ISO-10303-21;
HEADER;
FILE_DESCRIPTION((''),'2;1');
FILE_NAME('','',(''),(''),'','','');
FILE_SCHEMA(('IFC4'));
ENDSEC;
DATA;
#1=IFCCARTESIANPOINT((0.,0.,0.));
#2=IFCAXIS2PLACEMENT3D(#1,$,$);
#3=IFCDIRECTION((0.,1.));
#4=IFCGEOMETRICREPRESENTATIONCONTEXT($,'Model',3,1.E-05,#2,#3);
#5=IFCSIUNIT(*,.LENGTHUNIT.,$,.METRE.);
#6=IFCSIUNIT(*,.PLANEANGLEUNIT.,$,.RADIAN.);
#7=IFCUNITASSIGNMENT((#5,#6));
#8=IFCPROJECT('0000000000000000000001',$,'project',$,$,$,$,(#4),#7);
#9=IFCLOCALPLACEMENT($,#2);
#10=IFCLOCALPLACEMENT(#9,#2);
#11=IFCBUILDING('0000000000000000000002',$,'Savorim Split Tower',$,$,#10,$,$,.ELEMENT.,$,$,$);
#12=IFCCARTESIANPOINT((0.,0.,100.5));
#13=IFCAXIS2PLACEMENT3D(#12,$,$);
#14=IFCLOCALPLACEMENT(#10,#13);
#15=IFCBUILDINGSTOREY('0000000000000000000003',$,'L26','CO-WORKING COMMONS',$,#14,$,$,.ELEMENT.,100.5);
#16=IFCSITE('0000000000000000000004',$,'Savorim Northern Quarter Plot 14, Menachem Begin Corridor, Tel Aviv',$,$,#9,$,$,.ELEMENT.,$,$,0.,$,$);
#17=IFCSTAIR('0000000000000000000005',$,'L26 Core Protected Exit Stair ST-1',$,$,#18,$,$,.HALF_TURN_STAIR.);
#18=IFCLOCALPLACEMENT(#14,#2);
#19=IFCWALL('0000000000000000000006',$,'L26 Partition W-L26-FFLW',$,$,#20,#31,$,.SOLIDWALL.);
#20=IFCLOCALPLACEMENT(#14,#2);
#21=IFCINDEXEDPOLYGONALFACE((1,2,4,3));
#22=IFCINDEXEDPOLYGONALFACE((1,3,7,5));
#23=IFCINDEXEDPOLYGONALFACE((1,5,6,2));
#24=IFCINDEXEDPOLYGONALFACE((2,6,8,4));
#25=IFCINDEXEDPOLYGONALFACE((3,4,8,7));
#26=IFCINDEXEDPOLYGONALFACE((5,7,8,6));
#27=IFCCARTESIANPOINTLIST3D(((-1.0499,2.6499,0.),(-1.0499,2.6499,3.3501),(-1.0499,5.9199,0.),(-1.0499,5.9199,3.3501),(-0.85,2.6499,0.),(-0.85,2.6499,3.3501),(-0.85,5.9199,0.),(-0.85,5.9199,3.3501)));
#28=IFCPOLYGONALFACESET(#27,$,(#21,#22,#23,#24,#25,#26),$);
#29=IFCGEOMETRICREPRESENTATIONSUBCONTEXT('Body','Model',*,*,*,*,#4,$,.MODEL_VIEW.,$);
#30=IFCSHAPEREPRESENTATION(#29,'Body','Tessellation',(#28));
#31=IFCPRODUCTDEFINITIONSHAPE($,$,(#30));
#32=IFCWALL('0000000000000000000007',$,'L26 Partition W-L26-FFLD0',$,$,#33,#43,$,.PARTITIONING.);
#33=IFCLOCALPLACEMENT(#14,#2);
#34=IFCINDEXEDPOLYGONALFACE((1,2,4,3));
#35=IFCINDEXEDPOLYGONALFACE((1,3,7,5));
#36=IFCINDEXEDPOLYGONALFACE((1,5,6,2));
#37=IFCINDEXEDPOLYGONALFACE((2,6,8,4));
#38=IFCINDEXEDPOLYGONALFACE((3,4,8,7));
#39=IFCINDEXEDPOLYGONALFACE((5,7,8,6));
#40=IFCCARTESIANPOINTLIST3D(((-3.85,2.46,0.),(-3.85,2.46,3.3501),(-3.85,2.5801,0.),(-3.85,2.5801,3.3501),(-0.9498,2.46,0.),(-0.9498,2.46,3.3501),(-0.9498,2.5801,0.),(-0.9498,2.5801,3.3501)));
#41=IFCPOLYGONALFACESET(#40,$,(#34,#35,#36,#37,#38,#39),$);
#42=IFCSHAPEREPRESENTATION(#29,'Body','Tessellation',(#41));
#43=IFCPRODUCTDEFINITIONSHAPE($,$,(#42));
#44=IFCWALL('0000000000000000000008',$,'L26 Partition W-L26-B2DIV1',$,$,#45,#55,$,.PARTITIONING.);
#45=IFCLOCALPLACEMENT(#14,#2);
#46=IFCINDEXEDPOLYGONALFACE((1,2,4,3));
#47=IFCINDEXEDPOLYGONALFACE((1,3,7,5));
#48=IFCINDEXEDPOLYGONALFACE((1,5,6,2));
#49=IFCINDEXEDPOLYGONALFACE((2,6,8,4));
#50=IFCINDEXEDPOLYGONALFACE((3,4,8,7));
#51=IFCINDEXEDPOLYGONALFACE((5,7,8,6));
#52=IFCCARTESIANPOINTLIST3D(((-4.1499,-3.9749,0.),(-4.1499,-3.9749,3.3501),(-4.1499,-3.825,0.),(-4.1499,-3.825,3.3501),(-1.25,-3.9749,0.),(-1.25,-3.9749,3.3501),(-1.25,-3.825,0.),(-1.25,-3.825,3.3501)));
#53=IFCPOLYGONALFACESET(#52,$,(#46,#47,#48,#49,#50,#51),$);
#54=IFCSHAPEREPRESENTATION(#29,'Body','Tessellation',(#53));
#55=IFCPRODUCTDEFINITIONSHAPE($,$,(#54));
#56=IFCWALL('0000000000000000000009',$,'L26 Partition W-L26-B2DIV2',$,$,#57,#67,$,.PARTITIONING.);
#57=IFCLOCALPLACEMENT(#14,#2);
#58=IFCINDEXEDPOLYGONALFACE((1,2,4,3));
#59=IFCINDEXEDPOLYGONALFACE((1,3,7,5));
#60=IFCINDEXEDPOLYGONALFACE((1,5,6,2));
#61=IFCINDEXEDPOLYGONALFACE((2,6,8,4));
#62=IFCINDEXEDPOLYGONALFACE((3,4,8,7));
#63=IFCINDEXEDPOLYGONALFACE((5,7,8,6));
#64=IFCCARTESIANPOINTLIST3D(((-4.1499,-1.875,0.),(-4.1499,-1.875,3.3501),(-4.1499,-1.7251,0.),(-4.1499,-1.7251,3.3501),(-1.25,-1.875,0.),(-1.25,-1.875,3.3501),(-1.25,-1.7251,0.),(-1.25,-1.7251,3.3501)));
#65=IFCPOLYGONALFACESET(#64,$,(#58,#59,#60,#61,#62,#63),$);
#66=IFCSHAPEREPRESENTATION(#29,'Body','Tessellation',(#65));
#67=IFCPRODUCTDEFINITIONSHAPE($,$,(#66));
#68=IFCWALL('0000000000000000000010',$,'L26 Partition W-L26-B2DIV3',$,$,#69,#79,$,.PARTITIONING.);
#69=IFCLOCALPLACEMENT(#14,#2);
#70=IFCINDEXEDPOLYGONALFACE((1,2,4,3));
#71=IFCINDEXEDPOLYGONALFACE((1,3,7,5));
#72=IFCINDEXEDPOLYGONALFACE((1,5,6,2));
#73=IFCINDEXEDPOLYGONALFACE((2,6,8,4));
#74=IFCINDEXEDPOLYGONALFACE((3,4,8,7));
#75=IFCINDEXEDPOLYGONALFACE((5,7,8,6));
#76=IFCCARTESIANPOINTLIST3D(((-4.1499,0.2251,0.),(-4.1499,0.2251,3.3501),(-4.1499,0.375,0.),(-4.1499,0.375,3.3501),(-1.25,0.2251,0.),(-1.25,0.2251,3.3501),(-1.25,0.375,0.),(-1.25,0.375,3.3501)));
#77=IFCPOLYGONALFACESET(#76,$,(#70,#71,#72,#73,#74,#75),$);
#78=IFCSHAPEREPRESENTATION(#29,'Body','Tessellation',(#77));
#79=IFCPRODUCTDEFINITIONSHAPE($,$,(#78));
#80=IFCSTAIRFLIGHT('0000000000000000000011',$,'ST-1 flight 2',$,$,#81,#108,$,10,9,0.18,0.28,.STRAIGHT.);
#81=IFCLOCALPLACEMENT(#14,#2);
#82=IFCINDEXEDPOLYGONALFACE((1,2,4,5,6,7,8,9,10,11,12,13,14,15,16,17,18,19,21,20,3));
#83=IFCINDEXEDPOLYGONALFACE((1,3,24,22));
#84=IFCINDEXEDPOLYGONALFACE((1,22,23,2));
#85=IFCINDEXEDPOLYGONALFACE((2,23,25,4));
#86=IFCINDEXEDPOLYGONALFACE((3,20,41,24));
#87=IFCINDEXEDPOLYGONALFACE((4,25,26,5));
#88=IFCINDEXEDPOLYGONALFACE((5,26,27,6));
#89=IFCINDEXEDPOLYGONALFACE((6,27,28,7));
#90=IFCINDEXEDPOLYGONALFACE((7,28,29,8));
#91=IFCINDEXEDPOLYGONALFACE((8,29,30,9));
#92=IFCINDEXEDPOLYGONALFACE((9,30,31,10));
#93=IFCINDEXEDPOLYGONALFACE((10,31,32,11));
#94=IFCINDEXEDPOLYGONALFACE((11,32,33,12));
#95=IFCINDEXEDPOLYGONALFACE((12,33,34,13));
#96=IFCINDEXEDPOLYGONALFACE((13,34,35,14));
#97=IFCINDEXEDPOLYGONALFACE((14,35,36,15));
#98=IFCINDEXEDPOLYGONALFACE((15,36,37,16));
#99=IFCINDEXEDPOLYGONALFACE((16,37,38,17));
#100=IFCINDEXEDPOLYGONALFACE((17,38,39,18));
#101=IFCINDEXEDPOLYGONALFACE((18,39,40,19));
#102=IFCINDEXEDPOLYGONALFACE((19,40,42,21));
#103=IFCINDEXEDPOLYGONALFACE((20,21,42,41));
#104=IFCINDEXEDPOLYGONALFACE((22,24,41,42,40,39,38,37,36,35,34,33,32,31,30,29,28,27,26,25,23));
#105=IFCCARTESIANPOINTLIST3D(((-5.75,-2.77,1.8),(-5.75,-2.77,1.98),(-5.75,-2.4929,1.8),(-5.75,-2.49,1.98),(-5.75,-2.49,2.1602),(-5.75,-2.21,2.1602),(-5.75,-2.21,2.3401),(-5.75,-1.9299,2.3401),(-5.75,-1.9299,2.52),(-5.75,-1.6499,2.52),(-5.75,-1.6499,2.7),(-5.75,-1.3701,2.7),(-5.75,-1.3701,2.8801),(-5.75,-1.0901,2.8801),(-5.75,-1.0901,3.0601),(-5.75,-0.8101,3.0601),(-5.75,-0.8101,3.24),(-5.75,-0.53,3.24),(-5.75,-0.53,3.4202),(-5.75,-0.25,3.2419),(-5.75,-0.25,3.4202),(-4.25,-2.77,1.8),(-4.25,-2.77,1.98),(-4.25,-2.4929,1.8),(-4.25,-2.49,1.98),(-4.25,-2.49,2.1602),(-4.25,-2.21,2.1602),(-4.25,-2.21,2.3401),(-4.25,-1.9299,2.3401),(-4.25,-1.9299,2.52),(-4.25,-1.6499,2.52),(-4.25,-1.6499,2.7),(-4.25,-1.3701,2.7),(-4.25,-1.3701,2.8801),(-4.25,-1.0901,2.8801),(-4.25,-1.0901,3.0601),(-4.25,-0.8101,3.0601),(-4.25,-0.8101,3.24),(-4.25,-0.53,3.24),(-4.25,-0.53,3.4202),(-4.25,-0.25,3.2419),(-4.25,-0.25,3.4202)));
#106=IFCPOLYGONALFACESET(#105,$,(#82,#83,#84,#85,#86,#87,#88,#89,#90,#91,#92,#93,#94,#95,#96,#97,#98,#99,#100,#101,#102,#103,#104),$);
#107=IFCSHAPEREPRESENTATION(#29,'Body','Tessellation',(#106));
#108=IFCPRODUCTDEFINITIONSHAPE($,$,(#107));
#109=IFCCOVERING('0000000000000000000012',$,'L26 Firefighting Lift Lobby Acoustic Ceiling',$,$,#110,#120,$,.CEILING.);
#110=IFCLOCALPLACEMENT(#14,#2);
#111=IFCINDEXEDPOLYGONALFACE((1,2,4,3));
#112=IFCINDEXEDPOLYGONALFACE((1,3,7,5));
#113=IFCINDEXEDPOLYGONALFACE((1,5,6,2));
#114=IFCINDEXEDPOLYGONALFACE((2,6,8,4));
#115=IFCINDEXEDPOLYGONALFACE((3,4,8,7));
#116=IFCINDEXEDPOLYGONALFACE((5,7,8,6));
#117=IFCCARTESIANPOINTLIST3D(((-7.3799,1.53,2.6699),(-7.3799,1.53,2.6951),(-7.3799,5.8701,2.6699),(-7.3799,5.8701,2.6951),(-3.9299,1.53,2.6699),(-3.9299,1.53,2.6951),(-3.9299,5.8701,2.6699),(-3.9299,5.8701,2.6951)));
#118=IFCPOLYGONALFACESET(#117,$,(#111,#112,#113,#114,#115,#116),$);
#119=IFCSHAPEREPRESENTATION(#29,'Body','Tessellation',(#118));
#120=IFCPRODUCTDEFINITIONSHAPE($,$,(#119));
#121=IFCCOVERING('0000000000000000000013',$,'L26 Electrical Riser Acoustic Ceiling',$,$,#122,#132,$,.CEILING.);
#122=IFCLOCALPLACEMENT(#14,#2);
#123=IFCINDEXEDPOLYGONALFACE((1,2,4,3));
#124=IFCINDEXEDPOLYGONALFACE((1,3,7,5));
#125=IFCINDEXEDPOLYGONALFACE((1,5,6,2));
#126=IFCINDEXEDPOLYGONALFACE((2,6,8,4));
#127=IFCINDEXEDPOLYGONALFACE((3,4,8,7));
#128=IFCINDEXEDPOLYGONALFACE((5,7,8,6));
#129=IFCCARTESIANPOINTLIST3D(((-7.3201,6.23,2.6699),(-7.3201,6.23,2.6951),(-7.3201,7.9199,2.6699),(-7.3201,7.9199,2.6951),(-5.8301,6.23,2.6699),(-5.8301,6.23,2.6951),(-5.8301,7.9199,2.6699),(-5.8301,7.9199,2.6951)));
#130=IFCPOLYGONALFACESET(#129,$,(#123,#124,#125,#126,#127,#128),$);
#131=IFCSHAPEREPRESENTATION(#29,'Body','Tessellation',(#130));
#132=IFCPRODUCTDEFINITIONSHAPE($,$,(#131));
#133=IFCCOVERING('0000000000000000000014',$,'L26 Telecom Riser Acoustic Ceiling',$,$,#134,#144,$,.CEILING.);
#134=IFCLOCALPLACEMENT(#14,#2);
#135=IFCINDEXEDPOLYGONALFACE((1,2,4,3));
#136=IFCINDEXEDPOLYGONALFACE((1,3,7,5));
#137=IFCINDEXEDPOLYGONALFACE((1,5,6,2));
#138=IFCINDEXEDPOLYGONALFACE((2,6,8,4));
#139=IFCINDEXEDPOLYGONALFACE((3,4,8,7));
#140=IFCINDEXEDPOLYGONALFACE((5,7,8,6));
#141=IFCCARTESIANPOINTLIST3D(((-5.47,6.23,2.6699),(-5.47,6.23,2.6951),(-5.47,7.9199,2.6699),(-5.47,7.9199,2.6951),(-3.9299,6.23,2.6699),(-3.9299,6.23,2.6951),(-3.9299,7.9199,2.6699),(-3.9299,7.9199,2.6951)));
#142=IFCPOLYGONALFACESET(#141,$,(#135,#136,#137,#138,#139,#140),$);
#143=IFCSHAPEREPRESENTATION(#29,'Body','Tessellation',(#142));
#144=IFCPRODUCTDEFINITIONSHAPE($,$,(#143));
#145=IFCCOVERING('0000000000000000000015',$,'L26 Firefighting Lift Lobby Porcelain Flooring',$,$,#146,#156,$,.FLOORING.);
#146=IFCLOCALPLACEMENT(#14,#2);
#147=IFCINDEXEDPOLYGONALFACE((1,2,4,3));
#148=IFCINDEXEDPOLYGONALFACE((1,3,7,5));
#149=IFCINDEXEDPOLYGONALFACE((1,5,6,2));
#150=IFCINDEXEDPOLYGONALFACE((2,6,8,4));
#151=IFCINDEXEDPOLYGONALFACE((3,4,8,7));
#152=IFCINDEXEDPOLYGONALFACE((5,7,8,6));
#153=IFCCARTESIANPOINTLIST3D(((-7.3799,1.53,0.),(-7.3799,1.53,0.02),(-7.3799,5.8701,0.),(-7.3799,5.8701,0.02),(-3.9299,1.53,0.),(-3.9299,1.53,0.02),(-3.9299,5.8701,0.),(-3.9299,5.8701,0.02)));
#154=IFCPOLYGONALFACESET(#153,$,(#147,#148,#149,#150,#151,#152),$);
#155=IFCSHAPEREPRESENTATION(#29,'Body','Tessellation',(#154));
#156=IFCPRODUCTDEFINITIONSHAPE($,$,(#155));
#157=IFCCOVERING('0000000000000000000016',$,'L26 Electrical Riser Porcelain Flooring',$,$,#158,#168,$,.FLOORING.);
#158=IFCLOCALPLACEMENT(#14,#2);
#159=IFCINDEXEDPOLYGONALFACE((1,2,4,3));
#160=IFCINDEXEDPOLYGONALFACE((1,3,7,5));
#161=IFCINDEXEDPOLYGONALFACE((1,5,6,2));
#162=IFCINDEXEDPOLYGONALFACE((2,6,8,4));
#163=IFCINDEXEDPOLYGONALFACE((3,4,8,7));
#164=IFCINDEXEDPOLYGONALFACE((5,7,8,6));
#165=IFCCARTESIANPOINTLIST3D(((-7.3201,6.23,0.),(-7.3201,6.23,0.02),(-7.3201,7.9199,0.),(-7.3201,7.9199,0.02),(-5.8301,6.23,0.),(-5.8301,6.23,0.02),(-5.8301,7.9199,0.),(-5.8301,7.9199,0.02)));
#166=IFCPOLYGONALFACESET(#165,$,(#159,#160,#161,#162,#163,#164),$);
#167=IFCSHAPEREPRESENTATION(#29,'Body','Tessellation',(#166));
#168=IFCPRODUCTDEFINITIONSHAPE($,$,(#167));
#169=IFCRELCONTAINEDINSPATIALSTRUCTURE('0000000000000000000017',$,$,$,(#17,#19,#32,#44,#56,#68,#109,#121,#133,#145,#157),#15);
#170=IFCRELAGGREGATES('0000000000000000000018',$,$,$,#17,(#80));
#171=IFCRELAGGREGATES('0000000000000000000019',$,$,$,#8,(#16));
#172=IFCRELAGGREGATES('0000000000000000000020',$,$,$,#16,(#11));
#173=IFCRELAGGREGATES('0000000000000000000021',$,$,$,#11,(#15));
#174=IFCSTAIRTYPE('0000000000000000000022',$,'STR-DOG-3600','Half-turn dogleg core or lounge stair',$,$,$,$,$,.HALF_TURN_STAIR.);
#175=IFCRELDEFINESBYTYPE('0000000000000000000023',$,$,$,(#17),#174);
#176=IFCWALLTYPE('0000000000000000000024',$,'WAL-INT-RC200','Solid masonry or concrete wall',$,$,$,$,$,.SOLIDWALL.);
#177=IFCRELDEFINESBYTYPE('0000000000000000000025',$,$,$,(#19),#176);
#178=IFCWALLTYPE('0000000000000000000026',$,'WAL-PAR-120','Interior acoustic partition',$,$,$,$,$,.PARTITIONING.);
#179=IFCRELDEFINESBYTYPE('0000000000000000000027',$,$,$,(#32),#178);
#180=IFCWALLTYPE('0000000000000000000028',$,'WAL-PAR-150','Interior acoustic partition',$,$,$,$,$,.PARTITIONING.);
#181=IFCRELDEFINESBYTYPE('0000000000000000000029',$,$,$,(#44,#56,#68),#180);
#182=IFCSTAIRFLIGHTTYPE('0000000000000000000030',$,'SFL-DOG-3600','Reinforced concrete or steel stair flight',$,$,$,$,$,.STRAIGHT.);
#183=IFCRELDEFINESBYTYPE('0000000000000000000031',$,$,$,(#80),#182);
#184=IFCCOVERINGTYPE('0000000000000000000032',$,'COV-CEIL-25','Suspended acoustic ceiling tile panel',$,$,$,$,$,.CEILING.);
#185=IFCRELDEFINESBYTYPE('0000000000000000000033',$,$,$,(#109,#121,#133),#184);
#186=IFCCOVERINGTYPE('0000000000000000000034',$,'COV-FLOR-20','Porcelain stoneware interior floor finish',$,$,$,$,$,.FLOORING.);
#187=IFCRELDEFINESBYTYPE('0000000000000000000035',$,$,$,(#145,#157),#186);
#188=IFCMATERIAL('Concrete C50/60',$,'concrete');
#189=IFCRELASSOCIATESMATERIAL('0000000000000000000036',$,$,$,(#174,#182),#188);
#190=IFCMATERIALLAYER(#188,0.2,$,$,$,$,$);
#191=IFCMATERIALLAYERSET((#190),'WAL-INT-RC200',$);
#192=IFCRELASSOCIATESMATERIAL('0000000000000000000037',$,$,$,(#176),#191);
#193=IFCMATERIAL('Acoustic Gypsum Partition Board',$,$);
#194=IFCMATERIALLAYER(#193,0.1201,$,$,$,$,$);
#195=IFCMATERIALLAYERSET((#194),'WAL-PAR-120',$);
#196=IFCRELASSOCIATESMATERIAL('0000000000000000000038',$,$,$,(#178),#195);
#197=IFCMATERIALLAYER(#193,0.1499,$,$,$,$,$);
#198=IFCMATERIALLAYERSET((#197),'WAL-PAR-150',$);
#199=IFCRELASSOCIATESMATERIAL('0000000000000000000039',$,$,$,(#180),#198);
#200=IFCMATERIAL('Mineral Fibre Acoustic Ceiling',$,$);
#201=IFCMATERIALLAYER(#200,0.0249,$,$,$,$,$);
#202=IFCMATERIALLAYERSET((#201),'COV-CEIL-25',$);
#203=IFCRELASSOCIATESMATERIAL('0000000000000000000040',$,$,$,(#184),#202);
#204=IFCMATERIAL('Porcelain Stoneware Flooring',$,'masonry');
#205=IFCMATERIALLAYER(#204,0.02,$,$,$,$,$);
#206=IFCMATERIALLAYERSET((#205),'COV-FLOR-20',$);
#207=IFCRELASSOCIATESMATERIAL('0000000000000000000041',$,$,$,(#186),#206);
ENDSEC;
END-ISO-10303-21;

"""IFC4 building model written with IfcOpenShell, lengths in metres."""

from ifc_helpers import new_model, si_unit, direction, frame, frame_2d, origin, place, context, subcontext, project, spatial, polyline, rectangle, outline, extrude, material, layer, layer_set, type_object, element, aggregate, save


model = new_model("IFC4")

# Units and contexts
model_context = context("Model", 3, precision=1e-05, world=origin(), true_north=direction((0.0, 1.0)))
body_context = subcontext(model_context, "Body", "Model", "MODEL_VIEW")
ifc_project = project(units=[si_unit("LENGTHUNIT", "METRE"), si_unit("PLANEANGLEUNIT", "RADIAN")], contexts=[model_context])

# Site, building, storey
site_placement = place(None, origin())
site = spatial("IfcSite", under=ifc_project, at=site_placement, Name="Savorim Northern Quarter Plot 14, Menachem Begin Corridor, Tel Aviv", CompositionType="ELEMENT", RefElevation=0.0)
building_placement = place(site_placement, origin())
building = spatial("IfcBuilding", under=site, at=building_placement, Name="Savorim Split Tower", CompositionType="ELEMENT")
storey_placement = place(building_placement, frame((0.0, 0.0, 100.5)))
storey = spatial("IfcBuildingStorey", under=building, at=storey_placement, Name="L26", Description="CO-WORKING COMMONS", CompositionType="ELEMENT", Elevation=100.5)

# Shared definitions
ifc_material_1 = material(Name="Concrete C50/60", Category="concrete")

# Stair
stair_type = type_object("IfcStairType", Name="STR-DOG-3600", Description="Half-turn dogleg core or lounge stair", PredefinedType="HALF_TURN_STAIR", material=ifc_material_1)
stair_1_placement = place(storey_placement, origin())
stair_1 = element("IfcStair", 1, at=stair_1_placement, inside=storey, type_object=stair_type, Name="L26 Core Protected Exit Stair ST-1", PredefinedType="HALF_TURN_STAIR")

# Shared definitions
ifc_layer_1 = layer(ifc_material_1, 0.2)
ifc_layer_set_1 = layer_set([ifc_layer_1], Name="WAL-INT-RC200")
wall_type_1 = type_object("IfcWallType", Name="WAL-INT-RC200", Description="Solid masonry or concrete wall", PredefinedType="SOLIDWALL", material=ifc_layer_set_1)

# Walls
wall_1_placement = place(storey_placement, frame((-0.95, 2.6499, 0.0), z_axis=(0.0, 0.0, 1.0), x_axis=(0.0, 1.0, 0.0)))
element("IfcWall", 2, at=wall_1_placement, inside=storey, type_object=wall_type_1, Name="L26 Partition W-L26-FFLW", PredefinedType="SOLIDWALL", context=body_context, shape_type="SweptSolid", body=[
    extrude(rectangle(XDim=3.27, YDim=0.2, at=frame_2d((1.635, 0.0))), origin(), (0.0, 0.0, 1.0), 3.3501),
])
ifc_material_2 = material(Name="Acoustic Gypsum Partition Board")
ifc_layer_2 = layer(ifc_material_2, 0.1201)
ifc_layer_set_2 = layer_set([ifc_layer_2], Name="WAL-PAR-120")
wall_type_2 = type_object("IfcWallType", Name="WAL-PAR-120", Description="Interior acoustic partition", PredefinedType="PARTITIONING", material=ifc_layer_set_2)
wall_2_placement = place(storey_placement, frame((-3.8501, 2.52, 0.0), z_axis=(0.0, 0.0, 1.0), x_axis=(1.0, 0.0, 0.0)))
element("IfcWall", 3, at=wall_2_placement, inside=storey, type_object=wall_type_2, Name="L26 Partition W-L26-FFLD0", PredefinedType="PARTITIONING", context=body_context, shape_type="SweptSolid", body=[
    extrude(rectangle(XDim=2.9001, YDim=0.1201, at=frame_2d((1.4502, 0.0))), origin(), (0.0, 0.0, 1.0), 3.3501),
])
ifc_layer_3 = layer(ifc_material_2, 0.1499)
ifc_layer_set_3 = layer_set([ifc_layer_3], Name="WAL-PAR-150")
wall_type_3 = type_object("IfcWallType", Name="WAL-PAR-150", Description="Interior acoustic partition", PredefinedType="PARTITIONING", material=ifc_layer_set_3)
for number, where, z_axis, x_axis, name in (
    (4, (-4.1499, -3.8999, 0.0), (0.0, 0.0, 1.0), (1.0, 0.0, 0.0), "L26 Partition W-L26-B2DIV1"),
    (5, (-4.1499, -1.8, 0.0), (0.0, 0.0, 1.0), (1.0, 0.0, 0.0), "L26 Partition W-L26-B2DIV2"),
    (6, (-4.1499, 0.3, 0.0), (0.0, 0.0, 1.0), (1.0, 0.0, 0.0), "L26 Partition W-L26-B2DIV3"),
):
    element("IfcWall", number, at=place(storey_placement, frame(where, z_axis=z_axis, x_axis=x_axis)), inside=storey, type_object=wall_type_3, Name=name, PredefinedType="PARTITIONING", context=body_context, shape_type="SweptSolid", body=[
        extrude(rectangle(XDim=2.8999, YDim=0.1499, at=frame_2d((1.45, 0.0))), origin(), (0.0, 0.0, 1.0), 3.3501),
    ])

# Stair flight
stair_flight_type = type_object("IfcStairFlightType", Name="SFL-DOG-3600", Description="Reinforced concrete or steel stair flight", PredefinedType="STRAIGHT", material=ifc_material_1)
stair_flight_placement = place(storey_placement, frame((-5.0, -2.77, 1.8), z_axis=(0.0, 0.0, 1.0), x_axis=(0.0, 1.0, 0.0)))
stair_flight = element("IfcStairFlight", 7, at=stair_flight_placement, type_object=stair_flight_type, Name="ST-1 flight 2", NumberOfRisers=10, NumberOfTreads=9, PredefinedType="STRAIGHT", RiserHeight=0.18, TreadLength=0.28, context=body_context, shape_type="SweptSolid", body=[
    extrude(outline(polyline([(0.0, 0.0), (0.0, 0.1799), (0.28, 0.1799), (0.28, 0.3601), (0.5601, 0.3601), (0.5601, 0.54), (0.8401, 0.54), (0.8401, 0.72), (1.1201, 0.72), (1.1201, 0.8999), (1.3999, 0.8999), (1.3999, 1.0801), (1.6799, 1.0801), (1.6799, 1.26), (1.96, 1.26), (1.96, 1.4399), (2.24, 1.4399), (2.24, 1.6201), (2.52, 1.6201), (2.52, 1.8), (2.52, 1.4419), (0.2771, 0.0), (0.0, 0.0)])), frame((0.0, 0.75, 0.0), z_axis=(0.0, -1.0, 0.0), x_axis=(1.0, 0.0, 0.0)), (0.0, 0.0, 1.0), 1.5),
])
aggregate(stair_1, [stair_flight])

# Coverings
ifc_material_3 = material(Name="Mineral Fibre Acoustic Ceiling")
ifc_layer_4 = layer(ifc_material_3, 0.0249)
ifc_layer_set_4 = layer_set([ifc_layer_4], Name="COV-CEIL-25")
covering_type_1 = type_object("IfcCoveringType", Name="COV-CEIL-25", Description="Suspended acoustic ceiling tile panel", PredefinedType="CEILING", material=ifc_layer_set_4)
covering_1_placement = place(storey_placement, frame((0.0, 0.0, 2.6699)))
element("IfcCovering", 8, at=covering_1_placement, inside=storey, type_object=covering_type_1, Name="L26 Firefighting Lift Lobby Acoustic Ceiling", PredefinedType="CEILING", context=body_context, shape_type="SweptSolid", body=[
    extrude(outline(polyline([(-7.3799, 5.8701), (-7.3799, 1.53), (-3.9299, 1.53), (-3.9299, 5.8701), (-7.3799, 5.8701)])), origin(), (0.0, 0.0, 1.0), 0.0251),
])
covering_2_placement = place(storey_placement, frame((0.0, 0.0, 2.6699)))
element("IfcCovering", 9, at=covering_2_placement, inside=storey, type_object=covering_type_1, Name="L26 Electrical Riser Acoustic Ceiling", PredefinedType="CEILING", context=body_context, shape_type="SweptSolid", body=[
    extrude(outline(polyline([(-7.3201, 7.9199), (-7.3201, 6.23), (-5.8301, 6.23), (-5.8301, 7.9199), (-7.3201, 7.9199)])), origin(), (0.0, 0.0, 1.0), 0.0251),
])
covering_3_placement = place(storey_placement, frame((0.0, 0.0, 2.6699)))
element("IfcCovering", 10, at=covering_3_placement, inside=storey, type_object=covering_type_1, Name="L26 Telecom Riser Acoustic Ceiling", PredefinedType="CEILING", context=body_context, shape_type="SweptSolid", body=[
    extrude(outline(polyline([(-5.47, 7.9199), (-5.47, 6.23), (-3.9299, 6.23), (-3.9299, 7.9199), (-5.47, 7.9199)])), origin(), (0.0, 0.0, 1.0), 0.0251),
])
ifc_material_4 = material(Name="Porcelain Stoneware Flooring", Category="masonry")
ifc_layer_5 = layer(ifc_material_4, 0.02)
ifc_layer_set_5 = layer_set([ifc_layer_5], Name="COV-FLOR-20")
covering_type_2 = type_object("IfcCoveringType", Name="COV-FLOR-20", Description="Porcelain stoneware interior floor finish", PredefinedType="FLOORING", material=ifc_layer_set_5)
covering_4_placement = place(storey_placement, origin())
element("IfcCovering", 11, at=covering_4_placement, inside=storey, type_object=covering_type_2, Name="L26 Firefighting Lift Lobby Porcelain Flooring", PredefinedType="FLOORING", context=body_context, shape_type="SweptSolid", body=[
    extrude(outline(polyline([(-7.3799, 5.8701), (-7.3799, 1.53), (-3.9299, 1.53), (-3.9299, 5.8701), (-7.3799, 5.8701)])), origin(), (0.0, 0.0, 1.0), 0.02),
])
covering_5_placement = place(storey_placement, origin())
element("IfcCovering", 12, at=covering_5_placement, inside=storey, type_object=covering_type_2, Name="L26 Electrical Riser Porcelain Flooring", PredefinedType="FLOORING", context=body_context, shape_type="SweptSolid", body=[
    extrude(outline(polyline([(-7.3201, 7.9199), (-7.3201, 6.23), (-5.8301, 6.23), (-5.8301, 7.9199), (-7.3201, 7.9199)])), origin(), (0.0, 0.0, 1.0), 0.02),
])

save(model, "model.ifc")
